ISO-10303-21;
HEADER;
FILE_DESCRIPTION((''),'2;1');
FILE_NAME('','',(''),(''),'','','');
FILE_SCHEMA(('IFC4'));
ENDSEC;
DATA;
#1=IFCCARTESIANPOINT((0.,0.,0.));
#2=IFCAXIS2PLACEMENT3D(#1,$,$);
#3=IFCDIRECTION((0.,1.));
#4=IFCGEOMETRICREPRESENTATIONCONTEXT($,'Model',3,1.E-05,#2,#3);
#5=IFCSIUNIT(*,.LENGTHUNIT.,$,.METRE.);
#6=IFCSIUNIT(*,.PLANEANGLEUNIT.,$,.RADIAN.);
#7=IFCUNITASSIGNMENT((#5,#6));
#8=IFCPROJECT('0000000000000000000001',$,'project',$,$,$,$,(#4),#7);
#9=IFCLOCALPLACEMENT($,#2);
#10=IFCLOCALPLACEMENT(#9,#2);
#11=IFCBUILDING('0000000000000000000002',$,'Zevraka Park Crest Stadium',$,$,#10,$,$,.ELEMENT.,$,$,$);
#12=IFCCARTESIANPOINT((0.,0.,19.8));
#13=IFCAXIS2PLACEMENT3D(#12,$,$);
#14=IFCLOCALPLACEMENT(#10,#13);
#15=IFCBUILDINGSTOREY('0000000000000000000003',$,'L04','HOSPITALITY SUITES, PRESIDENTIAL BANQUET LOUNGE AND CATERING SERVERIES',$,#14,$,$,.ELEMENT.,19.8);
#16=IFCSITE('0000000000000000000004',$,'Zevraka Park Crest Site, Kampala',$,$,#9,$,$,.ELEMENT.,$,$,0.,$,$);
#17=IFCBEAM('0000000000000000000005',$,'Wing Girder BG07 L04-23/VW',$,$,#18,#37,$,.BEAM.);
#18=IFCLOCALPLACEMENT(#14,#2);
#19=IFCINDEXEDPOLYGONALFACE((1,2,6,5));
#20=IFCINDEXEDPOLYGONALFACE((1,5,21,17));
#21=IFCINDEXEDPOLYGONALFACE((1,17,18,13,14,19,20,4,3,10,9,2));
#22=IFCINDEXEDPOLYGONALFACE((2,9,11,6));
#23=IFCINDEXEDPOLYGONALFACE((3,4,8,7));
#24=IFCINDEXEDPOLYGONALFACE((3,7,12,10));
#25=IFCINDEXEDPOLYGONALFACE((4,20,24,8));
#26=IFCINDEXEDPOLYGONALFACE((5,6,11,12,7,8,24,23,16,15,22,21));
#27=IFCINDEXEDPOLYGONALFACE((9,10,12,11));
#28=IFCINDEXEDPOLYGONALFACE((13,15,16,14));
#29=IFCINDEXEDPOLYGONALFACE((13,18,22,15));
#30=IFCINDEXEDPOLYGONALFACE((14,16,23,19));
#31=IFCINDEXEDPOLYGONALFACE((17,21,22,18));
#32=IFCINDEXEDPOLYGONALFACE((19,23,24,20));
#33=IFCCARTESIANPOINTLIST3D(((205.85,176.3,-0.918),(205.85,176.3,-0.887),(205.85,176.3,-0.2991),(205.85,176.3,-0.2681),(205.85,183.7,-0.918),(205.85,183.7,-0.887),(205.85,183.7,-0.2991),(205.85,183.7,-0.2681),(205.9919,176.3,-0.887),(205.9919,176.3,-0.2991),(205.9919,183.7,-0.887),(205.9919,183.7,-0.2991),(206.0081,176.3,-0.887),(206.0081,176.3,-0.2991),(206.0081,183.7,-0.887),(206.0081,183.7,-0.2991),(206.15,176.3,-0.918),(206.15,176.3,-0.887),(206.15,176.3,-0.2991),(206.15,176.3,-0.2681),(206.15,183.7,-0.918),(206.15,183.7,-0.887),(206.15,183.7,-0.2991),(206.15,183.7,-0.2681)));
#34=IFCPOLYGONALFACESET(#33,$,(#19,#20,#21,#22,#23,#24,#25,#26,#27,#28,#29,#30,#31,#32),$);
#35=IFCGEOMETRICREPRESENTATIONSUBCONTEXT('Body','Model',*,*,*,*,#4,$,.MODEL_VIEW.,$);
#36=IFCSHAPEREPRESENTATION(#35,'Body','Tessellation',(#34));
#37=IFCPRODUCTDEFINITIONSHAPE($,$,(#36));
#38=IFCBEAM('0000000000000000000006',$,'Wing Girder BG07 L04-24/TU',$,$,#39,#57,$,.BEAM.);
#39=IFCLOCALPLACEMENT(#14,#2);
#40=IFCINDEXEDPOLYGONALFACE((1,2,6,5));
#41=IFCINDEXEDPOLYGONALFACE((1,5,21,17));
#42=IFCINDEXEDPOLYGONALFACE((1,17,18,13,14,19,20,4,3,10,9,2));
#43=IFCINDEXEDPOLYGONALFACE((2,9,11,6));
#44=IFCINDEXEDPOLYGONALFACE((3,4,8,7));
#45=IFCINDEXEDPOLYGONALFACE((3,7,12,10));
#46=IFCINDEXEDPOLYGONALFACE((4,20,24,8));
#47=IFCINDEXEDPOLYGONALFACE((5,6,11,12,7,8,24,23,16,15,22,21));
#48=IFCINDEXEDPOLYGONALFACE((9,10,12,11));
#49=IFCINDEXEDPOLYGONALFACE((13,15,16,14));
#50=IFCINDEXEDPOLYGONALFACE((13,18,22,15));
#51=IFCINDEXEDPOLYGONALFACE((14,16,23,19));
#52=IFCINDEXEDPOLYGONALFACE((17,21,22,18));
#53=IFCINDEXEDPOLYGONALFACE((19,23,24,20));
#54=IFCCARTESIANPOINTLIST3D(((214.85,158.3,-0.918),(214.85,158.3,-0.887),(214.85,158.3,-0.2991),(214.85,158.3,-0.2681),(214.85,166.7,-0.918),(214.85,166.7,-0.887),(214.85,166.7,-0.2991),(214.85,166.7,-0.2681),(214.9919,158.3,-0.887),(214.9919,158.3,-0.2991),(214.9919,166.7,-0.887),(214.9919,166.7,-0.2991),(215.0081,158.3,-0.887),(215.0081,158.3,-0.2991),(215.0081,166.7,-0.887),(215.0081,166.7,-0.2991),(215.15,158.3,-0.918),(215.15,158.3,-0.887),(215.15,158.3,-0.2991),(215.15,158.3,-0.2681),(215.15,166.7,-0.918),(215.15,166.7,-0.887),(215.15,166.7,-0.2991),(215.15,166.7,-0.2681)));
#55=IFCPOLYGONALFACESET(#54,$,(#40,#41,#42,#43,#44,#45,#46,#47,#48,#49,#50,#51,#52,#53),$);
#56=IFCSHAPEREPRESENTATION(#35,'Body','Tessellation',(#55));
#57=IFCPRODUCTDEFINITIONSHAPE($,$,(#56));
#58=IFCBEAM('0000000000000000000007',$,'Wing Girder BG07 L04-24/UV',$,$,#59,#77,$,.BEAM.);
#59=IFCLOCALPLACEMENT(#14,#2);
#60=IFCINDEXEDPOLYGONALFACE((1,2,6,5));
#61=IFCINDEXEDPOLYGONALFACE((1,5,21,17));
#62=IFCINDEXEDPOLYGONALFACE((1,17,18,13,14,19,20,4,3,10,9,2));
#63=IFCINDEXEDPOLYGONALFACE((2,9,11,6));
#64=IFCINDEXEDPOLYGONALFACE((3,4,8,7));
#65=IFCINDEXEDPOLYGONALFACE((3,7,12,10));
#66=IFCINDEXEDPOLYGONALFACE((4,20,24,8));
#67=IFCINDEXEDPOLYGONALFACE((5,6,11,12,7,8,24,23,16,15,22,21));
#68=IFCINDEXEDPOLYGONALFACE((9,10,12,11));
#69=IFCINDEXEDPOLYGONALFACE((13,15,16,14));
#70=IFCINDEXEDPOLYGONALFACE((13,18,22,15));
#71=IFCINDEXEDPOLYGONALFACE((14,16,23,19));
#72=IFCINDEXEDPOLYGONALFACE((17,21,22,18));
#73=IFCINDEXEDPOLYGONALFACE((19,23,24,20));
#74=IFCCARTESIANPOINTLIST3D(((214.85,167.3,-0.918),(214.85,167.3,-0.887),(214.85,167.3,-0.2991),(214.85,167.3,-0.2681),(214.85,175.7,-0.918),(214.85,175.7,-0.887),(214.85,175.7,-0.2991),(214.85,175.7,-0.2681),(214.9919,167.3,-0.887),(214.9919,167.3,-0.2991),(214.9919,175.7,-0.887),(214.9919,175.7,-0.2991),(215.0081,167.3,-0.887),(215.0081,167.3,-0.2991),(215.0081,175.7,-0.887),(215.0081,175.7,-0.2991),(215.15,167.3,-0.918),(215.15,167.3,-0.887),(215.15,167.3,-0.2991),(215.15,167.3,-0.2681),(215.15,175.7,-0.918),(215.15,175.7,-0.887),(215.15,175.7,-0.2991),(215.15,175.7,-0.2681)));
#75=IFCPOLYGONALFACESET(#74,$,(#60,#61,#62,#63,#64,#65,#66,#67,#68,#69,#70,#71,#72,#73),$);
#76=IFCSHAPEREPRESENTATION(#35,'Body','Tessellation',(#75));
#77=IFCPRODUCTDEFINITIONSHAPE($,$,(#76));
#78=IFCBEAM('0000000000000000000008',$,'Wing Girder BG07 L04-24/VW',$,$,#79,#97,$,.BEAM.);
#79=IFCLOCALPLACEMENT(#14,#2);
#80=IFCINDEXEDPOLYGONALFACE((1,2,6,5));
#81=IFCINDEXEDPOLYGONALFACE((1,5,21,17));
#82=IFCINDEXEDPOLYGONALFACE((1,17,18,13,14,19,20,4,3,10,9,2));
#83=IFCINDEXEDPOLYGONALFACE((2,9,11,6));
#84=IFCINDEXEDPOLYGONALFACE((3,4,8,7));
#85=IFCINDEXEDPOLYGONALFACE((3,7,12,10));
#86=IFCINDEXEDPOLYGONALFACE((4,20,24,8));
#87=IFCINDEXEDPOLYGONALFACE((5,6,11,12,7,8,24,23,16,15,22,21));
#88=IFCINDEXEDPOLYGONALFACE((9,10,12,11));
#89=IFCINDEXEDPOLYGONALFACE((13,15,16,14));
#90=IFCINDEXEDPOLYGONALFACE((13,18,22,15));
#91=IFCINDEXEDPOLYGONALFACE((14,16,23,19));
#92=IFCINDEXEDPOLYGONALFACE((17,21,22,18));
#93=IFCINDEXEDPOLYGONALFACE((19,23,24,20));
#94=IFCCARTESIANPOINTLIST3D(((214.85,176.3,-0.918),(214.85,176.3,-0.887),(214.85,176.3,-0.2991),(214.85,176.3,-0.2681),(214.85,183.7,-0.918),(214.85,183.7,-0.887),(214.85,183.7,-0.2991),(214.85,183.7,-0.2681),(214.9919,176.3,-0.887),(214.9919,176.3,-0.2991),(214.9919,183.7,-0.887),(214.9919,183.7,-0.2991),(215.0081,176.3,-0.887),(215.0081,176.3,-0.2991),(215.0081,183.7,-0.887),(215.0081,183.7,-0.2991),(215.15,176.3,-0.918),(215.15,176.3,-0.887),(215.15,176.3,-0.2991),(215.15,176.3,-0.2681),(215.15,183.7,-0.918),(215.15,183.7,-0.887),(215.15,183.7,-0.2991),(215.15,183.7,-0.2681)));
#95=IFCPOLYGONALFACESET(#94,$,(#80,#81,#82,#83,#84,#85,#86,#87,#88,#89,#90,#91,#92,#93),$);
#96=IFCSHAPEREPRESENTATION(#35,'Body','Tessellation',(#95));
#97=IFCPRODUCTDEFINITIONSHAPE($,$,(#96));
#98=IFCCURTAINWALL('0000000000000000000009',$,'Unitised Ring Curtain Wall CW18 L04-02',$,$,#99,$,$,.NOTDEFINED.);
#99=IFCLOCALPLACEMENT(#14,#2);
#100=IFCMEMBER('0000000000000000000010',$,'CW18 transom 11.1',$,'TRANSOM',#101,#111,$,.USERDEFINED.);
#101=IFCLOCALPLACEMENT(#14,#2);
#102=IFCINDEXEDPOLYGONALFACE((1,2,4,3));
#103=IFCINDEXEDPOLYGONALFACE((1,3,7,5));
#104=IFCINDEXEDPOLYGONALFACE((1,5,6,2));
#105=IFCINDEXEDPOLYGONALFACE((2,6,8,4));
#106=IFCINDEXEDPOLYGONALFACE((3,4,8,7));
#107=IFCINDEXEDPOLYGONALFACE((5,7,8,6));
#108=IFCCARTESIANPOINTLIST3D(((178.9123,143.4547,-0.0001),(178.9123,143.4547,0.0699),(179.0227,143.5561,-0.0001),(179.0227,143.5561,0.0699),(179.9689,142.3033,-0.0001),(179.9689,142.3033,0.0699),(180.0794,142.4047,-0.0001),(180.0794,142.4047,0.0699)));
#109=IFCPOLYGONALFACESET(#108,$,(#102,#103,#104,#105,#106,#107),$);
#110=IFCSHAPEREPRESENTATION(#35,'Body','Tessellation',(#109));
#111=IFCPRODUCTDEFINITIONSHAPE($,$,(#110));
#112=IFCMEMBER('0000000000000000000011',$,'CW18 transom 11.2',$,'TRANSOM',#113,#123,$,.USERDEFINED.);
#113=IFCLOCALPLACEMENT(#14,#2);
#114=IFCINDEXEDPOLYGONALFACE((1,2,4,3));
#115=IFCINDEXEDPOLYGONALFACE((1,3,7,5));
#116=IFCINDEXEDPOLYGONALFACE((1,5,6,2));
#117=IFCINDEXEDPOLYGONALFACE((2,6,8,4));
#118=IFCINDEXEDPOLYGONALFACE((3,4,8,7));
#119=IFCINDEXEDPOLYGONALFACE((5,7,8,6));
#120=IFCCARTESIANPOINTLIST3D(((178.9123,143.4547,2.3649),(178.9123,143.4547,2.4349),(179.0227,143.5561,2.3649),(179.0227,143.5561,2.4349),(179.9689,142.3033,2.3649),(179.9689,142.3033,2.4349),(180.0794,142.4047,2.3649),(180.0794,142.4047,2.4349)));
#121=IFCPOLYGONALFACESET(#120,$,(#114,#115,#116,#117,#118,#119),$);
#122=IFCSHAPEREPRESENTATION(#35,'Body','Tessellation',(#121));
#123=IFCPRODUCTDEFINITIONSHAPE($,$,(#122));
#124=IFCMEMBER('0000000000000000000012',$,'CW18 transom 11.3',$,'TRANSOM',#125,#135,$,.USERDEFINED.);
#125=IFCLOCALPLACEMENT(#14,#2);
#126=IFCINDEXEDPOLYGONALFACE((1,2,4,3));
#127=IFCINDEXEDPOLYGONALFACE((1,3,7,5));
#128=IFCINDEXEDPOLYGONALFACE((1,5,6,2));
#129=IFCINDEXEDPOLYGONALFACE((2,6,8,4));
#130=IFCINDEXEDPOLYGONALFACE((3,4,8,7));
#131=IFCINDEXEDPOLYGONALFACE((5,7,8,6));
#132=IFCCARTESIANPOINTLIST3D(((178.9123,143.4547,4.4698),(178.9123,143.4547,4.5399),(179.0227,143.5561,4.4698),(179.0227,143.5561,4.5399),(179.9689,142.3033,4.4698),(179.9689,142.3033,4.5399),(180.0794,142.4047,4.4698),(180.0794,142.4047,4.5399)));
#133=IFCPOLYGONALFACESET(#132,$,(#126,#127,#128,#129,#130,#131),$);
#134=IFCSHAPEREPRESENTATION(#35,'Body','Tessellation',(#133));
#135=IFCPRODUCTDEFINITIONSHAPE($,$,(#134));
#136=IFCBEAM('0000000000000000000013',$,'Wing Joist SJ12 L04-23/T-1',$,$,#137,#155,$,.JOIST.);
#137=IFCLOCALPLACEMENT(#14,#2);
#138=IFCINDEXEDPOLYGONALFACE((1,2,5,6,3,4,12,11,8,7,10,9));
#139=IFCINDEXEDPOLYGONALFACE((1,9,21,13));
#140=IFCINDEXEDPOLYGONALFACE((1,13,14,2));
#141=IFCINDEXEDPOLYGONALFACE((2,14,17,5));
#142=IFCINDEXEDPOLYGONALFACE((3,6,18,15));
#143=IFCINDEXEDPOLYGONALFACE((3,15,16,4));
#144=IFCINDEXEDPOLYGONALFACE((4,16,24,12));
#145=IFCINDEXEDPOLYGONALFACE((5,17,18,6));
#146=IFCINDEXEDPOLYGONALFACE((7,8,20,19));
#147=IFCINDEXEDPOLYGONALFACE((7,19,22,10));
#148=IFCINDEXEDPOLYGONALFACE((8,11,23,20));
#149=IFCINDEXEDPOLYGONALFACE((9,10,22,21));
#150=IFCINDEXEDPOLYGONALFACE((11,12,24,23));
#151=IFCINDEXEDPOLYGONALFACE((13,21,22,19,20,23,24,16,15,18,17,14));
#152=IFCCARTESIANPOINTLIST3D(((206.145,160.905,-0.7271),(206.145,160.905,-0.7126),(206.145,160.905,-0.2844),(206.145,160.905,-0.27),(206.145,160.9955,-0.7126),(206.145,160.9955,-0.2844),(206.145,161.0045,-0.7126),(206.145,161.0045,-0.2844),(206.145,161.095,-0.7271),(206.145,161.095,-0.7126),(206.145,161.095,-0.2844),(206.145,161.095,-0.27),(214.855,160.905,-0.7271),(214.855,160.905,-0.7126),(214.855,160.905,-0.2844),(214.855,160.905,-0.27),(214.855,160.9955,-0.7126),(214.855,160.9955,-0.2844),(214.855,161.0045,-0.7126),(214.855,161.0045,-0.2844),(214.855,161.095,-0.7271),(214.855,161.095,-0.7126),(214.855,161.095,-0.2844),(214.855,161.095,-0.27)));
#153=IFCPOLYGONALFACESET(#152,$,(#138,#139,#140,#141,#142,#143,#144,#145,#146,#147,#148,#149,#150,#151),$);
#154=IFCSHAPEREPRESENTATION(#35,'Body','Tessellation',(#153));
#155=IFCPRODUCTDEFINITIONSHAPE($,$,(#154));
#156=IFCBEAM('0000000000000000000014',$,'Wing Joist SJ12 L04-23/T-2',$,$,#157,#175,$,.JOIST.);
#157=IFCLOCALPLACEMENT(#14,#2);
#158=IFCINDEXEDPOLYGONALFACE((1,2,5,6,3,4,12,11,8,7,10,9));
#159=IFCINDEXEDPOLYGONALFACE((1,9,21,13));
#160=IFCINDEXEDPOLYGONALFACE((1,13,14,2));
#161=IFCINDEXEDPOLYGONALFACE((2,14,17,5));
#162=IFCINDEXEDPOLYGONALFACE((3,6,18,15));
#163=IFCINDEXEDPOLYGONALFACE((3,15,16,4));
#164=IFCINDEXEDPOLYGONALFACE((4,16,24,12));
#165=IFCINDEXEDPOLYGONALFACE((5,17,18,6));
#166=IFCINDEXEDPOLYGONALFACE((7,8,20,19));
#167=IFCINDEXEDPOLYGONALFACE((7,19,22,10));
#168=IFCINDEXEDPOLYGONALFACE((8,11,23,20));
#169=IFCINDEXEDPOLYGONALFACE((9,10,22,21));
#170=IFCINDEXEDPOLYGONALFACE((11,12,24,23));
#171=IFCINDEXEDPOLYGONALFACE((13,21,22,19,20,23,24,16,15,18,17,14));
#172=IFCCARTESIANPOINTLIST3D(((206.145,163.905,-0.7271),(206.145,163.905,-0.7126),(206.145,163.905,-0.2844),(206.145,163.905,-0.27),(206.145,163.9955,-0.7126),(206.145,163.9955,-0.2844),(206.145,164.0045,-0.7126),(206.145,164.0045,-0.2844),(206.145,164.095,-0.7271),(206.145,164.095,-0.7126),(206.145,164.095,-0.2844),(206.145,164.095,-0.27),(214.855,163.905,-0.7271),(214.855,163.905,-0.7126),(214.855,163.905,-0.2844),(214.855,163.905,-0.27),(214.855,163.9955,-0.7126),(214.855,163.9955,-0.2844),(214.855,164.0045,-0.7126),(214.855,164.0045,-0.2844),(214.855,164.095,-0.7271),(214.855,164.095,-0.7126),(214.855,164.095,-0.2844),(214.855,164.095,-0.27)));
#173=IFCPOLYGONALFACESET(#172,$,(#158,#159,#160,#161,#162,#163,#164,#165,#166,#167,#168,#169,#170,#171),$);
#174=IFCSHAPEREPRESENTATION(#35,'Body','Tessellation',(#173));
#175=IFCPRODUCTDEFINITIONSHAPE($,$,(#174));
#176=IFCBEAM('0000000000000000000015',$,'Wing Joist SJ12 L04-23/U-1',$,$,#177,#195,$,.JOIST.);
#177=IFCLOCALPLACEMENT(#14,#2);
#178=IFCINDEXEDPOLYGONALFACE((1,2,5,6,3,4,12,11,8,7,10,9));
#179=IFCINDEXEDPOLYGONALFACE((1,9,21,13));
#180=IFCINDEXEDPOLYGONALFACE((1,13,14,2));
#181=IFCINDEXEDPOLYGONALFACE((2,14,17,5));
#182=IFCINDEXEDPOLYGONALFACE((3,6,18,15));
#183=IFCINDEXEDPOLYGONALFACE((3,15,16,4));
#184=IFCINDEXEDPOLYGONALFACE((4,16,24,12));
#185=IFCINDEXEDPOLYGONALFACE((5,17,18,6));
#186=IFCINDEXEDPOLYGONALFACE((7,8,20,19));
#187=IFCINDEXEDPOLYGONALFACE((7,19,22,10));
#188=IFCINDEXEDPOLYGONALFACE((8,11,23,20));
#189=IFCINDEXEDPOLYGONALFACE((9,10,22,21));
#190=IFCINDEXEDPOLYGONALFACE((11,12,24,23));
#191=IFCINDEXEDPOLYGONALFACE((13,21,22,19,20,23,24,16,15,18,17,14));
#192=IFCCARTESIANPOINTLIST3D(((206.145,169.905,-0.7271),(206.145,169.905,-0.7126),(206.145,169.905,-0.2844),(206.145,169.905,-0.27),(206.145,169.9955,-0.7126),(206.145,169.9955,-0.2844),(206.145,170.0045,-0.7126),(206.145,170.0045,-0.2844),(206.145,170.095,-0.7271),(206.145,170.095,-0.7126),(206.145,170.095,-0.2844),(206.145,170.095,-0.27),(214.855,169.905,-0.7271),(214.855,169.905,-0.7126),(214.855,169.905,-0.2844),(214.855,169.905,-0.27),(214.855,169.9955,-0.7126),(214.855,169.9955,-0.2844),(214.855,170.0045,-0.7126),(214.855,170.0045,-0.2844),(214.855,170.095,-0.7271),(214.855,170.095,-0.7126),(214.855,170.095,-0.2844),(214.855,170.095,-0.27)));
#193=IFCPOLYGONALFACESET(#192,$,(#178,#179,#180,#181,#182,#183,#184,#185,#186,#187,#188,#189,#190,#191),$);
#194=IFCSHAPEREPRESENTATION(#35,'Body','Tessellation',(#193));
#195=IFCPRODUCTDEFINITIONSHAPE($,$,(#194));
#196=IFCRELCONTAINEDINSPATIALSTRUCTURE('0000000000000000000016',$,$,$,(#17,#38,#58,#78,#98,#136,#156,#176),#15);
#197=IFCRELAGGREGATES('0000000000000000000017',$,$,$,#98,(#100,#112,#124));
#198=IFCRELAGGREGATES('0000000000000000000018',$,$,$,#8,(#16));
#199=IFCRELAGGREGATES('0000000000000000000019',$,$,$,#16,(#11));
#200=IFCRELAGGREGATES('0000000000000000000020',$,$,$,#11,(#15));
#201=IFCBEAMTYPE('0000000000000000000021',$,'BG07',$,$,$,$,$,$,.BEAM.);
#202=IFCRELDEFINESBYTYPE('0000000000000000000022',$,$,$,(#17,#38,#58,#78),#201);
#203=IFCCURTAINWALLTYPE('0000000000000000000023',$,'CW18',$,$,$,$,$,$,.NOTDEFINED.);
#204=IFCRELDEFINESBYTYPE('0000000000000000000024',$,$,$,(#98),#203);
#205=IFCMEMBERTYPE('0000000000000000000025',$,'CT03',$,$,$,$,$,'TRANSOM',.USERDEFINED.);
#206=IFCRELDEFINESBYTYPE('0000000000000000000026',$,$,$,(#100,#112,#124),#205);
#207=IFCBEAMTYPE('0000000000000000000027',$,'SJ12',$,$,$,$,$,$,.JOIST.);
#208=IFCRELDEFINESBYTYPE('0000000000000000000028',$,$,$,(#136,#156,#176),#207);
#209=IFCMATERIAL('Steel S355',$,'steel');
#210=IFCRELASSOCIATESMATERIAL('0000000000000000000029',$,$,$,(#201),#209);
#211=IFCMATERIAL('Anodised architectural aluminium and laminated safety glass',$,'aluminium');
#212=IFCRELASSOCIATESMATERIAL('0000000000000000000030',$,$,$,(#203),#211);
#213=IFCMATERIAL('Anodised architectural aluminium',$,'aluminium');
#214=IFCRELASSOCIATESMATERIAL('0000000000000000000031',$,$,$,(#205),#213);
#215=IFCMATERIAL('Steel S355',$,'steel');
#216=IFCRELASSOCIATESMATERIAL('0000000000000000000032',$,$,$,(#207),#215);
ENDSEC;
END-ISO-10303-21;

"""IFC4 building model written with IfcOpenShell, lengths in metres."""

from ifc_helpers import new_model, si_unit, direction, frame, origin, origin_2d, place, context, subcontext, project, spatial, rectangle, i_section, extrude, material, material_profile, profile_set, type_object, element, aggregate, save


model = new_model("IFC4")

# Units and contexts
model_context = context("Model", 3, precision=1e-05, world=origin(), true_north=direction((0.0, 1.0)))
body_context = subcontext(model_context, "Body", "Model", "MODEL_VIEW")
ifc_project = project(units=[si_unit("LENGTHUNIT", "METRE"), si_unit("PLANEANGLEUNIT", "RADIAN")], contexts=[model_context])

# Site, building, storey
site_placement = place(None, origin())
site = spatial("IfcSite", under=ifc_project, at=site_placement, Name="Zevraka Park Crest Site, Kampala", CompositionType="ELEMENT", RefElevation=0.0)
building_placement = place(site_placement, origin())
building = spatial("IfcBuilding", under=site, at=building_placement, Name="Zevraka Park Crest Stadium", CompositionType="ELEMENT")
storey_placement = place(building_placement, frame((0.0, 0.0, 19.8)))
storey = spatial("IfcBuildingStorey", under=building, at=storey_placement, Name="L04", Description="HOSPITALITY SUITES, PRESIDENTIAL BANQUET LOUNGE AND CATERING SERVERIES", CompositionType="ELEMENT", Elevation=19.8)

# Beams
ifc_material_1 = material(Name="Steel S355", Category="steel")
ifc_material_profile_1 = material_profile(ifc_material_1, i_section(OverallWidth=0.3, OverallDepth=0.6499, WebThickness=0.0161, FlangeThickness=0.031, at=origin_2d()), Name="HEB 650")
ifc_profile_set_1 = profile_set([ifc_material_profile_1], Name="Steel S355")
beam_type_1 = type_object("IfcBeamType", Name="BG07", PredefinedType="BEAM", material=ifc_profile_set_1)
beam_1_placement = place(storey_placement, frame((206.0, 176.3, -0.593), z_axis=(0.0, 1.0, 0.0), x_axis=(-1.0, 0.0, 0.0)))
element("IfcBeam", 1, at=beam_1_placement, inside=storey, type_object=beam_type_1, Name="Wing Girder BG07 L04-23/VW", PredefinedType="BEAM", context=body_context, shape_type="SweptSolid", body=[
    extrude(i_section(OverallWidth=0.3, OverallDepth=0.6499, WebThickness=0.0161, FlangeThickness=0.031, at=origin_2d()), origin(), (0.0, 0.0, 1.0), 7.3999),
])
for number, where, z_axis, x_axis, name in (
    (2, (215.0, 158.3, -0.593), (0.0, 1.0, 0.0), (-1.0, 0.0, 0.0), "Wing Girder BG07 L04-24/TU"),
    (3, (215.0, 167.3, -0.593), (0.0, 1.0, 0.0), (-1.0, 0.0, 0.0), "Wing Girder BG07 L04-24/UV"),
):
    element("IfcBeam", number, at=place(storey_placement, frame(where, z_axis=z_axis, x_axis=x_axis)), inside=storey, type_object=beam_type_1, Name=name, PredefinedType="BEAM", context=body_context, shape_type="SweptSolid", body=[
        extrude(i_section(OverallWidth=0.3, OverallDepth=0.6499, WebThickness=0.0161, FlangeThickness=0.031, at=origin_2d()), origin(), (0.0, 0.0, 1.0), 8.3999),
    ])
beam_2_placement = place(storey_placement, frame((215.0, 176.3, -0.593), z_axis=(0.0, 1.0, 0.0), x_axis=(-1.0, 0.0, 0.0)))
element("IfcBeam", 4, at=beam_2_placement, inside=storey, type_object=beam_type_1, Name="Wing Girder BG07 L04-24/VW", PredefinedType="BEAM", context=body_context, shape_type="SweptSolid", body=[
    extrude(i_section(OverallWidth=0.3, OverallDepth=0.6499, WebThickness=0.0161, FlangeThickness=0.031, at=origin_2d()), origin(), (0.0, 0.0, 1.0), 7.3999),
])

# Curtain wall, members
ifc_material_2 = material(Name="Anodised architectural aluminium and laminated safety glass", Category="aluminium")
curtain_wall_type = type_object("IfcCurtainWallType", Name="CW18", PredefinedType="NOTDEFINED", material=ifc_material_2)
curtain_wall_placement = place(storey_placement, origin())
curtain_wall = element("IfcCurtainWall", 5, at=curtain_wall_placement, inside=storey, type_object=curtain_wall_type, Name="Unitised Ring Curtain Wall CW18 L04-02", PredefinedType="NOTDEFINED")
ifc_material_3 = material(Name="Anodised architectural aluminium", Category="aluminium")
ifc_material_profile_2 = material_profile(ifc_material_3, rectangle(XDim=0.1499, YDim=0.0701, at=origin_2d()), Name="ALU TRANSOM 150x70")
ifc_profile_set_2 = profile_set([ifc_material_profile_2], Name="Anodised architectural aluminium")
member_type = type_object("IfcMemberType", Name="CT03", ElementType="TRANSOM", PredefinedType="USERDEFINED", material=ifc_profile_set_2)
member_1_placement = place(storey_placement, frame((180.0242, 142.354, 0.0349), z_axis=(-0.676149, 0.736765, 0.0), x_axis=(-0.736765, -0.676149, 0.0)))
member_1 = element("IfcMember", 6, at=member_1_placement, type_object=member_type, Name="CW18 transom 11.1", ObjectType="TRANSOM", PredefinedType="USERDEFINED", context=body_context, shape_type="SweptSolid", body=[
    extrude(rectangle(XDim=0.1499, YDim=0.0701, at=origin_2d()), origin(), (0.0, 0.0, 1.0), 1.5627),
])
member_2_placement = place(storey_placement, frame((180.0242, 142.354, 2.3999), z_axis=(-0.676149, 0.736765, 0.0), x_axis=(-0.736765, -0.676149, 0.0)))
member_2 = element("IfcMember", 7, at=member_2_placement, type_object=member_type, Name="CW18 transom 11.2", ObjectType="TRANSOM", PredefinedType="USERDEFINED", context=body_context, shape_type="SweptSolid", body=[
    extrude(rectangle(XDim=0.1499, YDim=0.0701, at=origin_2d()), origin(), (0.0, 0.0, 1.0), 1.5627),
])
member_3_placement = place(storey_placement, frame((180.0242, 142.354, 4.5049), z_axis=(-0.676149, 0.736765, 0.0), x_axis=(-0.736765, -0.676149, 0.0)))
member_3 = element("IfcMember", 8, at=member_3_placement, type_object=member_type, Name="CW18 transom 11.3", ObjectType="TRANSOM", PredefinedType="USERDEFINED", context=body_context, shape_type="SweptSolid", body=[
    extrude(rectangle(XDim=0.1499, YDim=0.0701, at=origin_2d()), origin(), (0.0, 0.0, 1.0), 1.5627),
])

# Beams
ifc_material_4 = material(Name="Steel S355", Category="steel")
ifc_material_profile_3 = material_profile(ifc_material_4, i_section(OverallWidth=0.1899, OverallDepth=0.457, WebThickness=0.009, FlangeThickness=0.0144, at=origin_2d()), Name="UKB 457x191x74")
ifc_profile_set_3 = profile_set([ifc_material_profile_3], Name="Steel S355")
beam_type_2 = type_object("IfcBeamType", Name="SJ12", PredefinedType="JOIST", material=ifc_profile_set_3)
for number, where, z_axis, x_axis, name in (
    (9, (206.145, 161.0, -0.4985), (1.0, 0.0, 0.0), (0.0, 1.0, 0.0), "Wing Joist SJ12 L04-23/T-1"),
    (10, (206.145, 164.0, -0.4985), (1.0, 0.0, 0.0), (0.0, 1.0, 0.0), "Wing Joist SJ12 L04-23/T-2"),
    (11, (206.145, 170.0, -0.4985), (1.0, 0.0, 0.0), (0.0, 1.0, 0.0), "Wing Joist SJ12 L04-23/U-1"),
):
    element("IfcBeam", number, at=place(storey_placement, frame(where, z_axis=z_axis, x_axis=x_axis)), inside=storey, type_object=beam_type_2, Name=name, PredefinedType="JOIST", context=body_context, shape_type="SweptSolid", body=[
        extrude(i_section(OverallWidth=0.1899, OverallDepth=0.457, WebThickness=0.009, FlangeThickness=0.0144, at=origin_2d()), origin(), (0.0, 0.0, 1.0), 8.71),
    ])

aggregate(curtain_wall, [member_1, member_2, member_3])

save(model, "model.ifc")
